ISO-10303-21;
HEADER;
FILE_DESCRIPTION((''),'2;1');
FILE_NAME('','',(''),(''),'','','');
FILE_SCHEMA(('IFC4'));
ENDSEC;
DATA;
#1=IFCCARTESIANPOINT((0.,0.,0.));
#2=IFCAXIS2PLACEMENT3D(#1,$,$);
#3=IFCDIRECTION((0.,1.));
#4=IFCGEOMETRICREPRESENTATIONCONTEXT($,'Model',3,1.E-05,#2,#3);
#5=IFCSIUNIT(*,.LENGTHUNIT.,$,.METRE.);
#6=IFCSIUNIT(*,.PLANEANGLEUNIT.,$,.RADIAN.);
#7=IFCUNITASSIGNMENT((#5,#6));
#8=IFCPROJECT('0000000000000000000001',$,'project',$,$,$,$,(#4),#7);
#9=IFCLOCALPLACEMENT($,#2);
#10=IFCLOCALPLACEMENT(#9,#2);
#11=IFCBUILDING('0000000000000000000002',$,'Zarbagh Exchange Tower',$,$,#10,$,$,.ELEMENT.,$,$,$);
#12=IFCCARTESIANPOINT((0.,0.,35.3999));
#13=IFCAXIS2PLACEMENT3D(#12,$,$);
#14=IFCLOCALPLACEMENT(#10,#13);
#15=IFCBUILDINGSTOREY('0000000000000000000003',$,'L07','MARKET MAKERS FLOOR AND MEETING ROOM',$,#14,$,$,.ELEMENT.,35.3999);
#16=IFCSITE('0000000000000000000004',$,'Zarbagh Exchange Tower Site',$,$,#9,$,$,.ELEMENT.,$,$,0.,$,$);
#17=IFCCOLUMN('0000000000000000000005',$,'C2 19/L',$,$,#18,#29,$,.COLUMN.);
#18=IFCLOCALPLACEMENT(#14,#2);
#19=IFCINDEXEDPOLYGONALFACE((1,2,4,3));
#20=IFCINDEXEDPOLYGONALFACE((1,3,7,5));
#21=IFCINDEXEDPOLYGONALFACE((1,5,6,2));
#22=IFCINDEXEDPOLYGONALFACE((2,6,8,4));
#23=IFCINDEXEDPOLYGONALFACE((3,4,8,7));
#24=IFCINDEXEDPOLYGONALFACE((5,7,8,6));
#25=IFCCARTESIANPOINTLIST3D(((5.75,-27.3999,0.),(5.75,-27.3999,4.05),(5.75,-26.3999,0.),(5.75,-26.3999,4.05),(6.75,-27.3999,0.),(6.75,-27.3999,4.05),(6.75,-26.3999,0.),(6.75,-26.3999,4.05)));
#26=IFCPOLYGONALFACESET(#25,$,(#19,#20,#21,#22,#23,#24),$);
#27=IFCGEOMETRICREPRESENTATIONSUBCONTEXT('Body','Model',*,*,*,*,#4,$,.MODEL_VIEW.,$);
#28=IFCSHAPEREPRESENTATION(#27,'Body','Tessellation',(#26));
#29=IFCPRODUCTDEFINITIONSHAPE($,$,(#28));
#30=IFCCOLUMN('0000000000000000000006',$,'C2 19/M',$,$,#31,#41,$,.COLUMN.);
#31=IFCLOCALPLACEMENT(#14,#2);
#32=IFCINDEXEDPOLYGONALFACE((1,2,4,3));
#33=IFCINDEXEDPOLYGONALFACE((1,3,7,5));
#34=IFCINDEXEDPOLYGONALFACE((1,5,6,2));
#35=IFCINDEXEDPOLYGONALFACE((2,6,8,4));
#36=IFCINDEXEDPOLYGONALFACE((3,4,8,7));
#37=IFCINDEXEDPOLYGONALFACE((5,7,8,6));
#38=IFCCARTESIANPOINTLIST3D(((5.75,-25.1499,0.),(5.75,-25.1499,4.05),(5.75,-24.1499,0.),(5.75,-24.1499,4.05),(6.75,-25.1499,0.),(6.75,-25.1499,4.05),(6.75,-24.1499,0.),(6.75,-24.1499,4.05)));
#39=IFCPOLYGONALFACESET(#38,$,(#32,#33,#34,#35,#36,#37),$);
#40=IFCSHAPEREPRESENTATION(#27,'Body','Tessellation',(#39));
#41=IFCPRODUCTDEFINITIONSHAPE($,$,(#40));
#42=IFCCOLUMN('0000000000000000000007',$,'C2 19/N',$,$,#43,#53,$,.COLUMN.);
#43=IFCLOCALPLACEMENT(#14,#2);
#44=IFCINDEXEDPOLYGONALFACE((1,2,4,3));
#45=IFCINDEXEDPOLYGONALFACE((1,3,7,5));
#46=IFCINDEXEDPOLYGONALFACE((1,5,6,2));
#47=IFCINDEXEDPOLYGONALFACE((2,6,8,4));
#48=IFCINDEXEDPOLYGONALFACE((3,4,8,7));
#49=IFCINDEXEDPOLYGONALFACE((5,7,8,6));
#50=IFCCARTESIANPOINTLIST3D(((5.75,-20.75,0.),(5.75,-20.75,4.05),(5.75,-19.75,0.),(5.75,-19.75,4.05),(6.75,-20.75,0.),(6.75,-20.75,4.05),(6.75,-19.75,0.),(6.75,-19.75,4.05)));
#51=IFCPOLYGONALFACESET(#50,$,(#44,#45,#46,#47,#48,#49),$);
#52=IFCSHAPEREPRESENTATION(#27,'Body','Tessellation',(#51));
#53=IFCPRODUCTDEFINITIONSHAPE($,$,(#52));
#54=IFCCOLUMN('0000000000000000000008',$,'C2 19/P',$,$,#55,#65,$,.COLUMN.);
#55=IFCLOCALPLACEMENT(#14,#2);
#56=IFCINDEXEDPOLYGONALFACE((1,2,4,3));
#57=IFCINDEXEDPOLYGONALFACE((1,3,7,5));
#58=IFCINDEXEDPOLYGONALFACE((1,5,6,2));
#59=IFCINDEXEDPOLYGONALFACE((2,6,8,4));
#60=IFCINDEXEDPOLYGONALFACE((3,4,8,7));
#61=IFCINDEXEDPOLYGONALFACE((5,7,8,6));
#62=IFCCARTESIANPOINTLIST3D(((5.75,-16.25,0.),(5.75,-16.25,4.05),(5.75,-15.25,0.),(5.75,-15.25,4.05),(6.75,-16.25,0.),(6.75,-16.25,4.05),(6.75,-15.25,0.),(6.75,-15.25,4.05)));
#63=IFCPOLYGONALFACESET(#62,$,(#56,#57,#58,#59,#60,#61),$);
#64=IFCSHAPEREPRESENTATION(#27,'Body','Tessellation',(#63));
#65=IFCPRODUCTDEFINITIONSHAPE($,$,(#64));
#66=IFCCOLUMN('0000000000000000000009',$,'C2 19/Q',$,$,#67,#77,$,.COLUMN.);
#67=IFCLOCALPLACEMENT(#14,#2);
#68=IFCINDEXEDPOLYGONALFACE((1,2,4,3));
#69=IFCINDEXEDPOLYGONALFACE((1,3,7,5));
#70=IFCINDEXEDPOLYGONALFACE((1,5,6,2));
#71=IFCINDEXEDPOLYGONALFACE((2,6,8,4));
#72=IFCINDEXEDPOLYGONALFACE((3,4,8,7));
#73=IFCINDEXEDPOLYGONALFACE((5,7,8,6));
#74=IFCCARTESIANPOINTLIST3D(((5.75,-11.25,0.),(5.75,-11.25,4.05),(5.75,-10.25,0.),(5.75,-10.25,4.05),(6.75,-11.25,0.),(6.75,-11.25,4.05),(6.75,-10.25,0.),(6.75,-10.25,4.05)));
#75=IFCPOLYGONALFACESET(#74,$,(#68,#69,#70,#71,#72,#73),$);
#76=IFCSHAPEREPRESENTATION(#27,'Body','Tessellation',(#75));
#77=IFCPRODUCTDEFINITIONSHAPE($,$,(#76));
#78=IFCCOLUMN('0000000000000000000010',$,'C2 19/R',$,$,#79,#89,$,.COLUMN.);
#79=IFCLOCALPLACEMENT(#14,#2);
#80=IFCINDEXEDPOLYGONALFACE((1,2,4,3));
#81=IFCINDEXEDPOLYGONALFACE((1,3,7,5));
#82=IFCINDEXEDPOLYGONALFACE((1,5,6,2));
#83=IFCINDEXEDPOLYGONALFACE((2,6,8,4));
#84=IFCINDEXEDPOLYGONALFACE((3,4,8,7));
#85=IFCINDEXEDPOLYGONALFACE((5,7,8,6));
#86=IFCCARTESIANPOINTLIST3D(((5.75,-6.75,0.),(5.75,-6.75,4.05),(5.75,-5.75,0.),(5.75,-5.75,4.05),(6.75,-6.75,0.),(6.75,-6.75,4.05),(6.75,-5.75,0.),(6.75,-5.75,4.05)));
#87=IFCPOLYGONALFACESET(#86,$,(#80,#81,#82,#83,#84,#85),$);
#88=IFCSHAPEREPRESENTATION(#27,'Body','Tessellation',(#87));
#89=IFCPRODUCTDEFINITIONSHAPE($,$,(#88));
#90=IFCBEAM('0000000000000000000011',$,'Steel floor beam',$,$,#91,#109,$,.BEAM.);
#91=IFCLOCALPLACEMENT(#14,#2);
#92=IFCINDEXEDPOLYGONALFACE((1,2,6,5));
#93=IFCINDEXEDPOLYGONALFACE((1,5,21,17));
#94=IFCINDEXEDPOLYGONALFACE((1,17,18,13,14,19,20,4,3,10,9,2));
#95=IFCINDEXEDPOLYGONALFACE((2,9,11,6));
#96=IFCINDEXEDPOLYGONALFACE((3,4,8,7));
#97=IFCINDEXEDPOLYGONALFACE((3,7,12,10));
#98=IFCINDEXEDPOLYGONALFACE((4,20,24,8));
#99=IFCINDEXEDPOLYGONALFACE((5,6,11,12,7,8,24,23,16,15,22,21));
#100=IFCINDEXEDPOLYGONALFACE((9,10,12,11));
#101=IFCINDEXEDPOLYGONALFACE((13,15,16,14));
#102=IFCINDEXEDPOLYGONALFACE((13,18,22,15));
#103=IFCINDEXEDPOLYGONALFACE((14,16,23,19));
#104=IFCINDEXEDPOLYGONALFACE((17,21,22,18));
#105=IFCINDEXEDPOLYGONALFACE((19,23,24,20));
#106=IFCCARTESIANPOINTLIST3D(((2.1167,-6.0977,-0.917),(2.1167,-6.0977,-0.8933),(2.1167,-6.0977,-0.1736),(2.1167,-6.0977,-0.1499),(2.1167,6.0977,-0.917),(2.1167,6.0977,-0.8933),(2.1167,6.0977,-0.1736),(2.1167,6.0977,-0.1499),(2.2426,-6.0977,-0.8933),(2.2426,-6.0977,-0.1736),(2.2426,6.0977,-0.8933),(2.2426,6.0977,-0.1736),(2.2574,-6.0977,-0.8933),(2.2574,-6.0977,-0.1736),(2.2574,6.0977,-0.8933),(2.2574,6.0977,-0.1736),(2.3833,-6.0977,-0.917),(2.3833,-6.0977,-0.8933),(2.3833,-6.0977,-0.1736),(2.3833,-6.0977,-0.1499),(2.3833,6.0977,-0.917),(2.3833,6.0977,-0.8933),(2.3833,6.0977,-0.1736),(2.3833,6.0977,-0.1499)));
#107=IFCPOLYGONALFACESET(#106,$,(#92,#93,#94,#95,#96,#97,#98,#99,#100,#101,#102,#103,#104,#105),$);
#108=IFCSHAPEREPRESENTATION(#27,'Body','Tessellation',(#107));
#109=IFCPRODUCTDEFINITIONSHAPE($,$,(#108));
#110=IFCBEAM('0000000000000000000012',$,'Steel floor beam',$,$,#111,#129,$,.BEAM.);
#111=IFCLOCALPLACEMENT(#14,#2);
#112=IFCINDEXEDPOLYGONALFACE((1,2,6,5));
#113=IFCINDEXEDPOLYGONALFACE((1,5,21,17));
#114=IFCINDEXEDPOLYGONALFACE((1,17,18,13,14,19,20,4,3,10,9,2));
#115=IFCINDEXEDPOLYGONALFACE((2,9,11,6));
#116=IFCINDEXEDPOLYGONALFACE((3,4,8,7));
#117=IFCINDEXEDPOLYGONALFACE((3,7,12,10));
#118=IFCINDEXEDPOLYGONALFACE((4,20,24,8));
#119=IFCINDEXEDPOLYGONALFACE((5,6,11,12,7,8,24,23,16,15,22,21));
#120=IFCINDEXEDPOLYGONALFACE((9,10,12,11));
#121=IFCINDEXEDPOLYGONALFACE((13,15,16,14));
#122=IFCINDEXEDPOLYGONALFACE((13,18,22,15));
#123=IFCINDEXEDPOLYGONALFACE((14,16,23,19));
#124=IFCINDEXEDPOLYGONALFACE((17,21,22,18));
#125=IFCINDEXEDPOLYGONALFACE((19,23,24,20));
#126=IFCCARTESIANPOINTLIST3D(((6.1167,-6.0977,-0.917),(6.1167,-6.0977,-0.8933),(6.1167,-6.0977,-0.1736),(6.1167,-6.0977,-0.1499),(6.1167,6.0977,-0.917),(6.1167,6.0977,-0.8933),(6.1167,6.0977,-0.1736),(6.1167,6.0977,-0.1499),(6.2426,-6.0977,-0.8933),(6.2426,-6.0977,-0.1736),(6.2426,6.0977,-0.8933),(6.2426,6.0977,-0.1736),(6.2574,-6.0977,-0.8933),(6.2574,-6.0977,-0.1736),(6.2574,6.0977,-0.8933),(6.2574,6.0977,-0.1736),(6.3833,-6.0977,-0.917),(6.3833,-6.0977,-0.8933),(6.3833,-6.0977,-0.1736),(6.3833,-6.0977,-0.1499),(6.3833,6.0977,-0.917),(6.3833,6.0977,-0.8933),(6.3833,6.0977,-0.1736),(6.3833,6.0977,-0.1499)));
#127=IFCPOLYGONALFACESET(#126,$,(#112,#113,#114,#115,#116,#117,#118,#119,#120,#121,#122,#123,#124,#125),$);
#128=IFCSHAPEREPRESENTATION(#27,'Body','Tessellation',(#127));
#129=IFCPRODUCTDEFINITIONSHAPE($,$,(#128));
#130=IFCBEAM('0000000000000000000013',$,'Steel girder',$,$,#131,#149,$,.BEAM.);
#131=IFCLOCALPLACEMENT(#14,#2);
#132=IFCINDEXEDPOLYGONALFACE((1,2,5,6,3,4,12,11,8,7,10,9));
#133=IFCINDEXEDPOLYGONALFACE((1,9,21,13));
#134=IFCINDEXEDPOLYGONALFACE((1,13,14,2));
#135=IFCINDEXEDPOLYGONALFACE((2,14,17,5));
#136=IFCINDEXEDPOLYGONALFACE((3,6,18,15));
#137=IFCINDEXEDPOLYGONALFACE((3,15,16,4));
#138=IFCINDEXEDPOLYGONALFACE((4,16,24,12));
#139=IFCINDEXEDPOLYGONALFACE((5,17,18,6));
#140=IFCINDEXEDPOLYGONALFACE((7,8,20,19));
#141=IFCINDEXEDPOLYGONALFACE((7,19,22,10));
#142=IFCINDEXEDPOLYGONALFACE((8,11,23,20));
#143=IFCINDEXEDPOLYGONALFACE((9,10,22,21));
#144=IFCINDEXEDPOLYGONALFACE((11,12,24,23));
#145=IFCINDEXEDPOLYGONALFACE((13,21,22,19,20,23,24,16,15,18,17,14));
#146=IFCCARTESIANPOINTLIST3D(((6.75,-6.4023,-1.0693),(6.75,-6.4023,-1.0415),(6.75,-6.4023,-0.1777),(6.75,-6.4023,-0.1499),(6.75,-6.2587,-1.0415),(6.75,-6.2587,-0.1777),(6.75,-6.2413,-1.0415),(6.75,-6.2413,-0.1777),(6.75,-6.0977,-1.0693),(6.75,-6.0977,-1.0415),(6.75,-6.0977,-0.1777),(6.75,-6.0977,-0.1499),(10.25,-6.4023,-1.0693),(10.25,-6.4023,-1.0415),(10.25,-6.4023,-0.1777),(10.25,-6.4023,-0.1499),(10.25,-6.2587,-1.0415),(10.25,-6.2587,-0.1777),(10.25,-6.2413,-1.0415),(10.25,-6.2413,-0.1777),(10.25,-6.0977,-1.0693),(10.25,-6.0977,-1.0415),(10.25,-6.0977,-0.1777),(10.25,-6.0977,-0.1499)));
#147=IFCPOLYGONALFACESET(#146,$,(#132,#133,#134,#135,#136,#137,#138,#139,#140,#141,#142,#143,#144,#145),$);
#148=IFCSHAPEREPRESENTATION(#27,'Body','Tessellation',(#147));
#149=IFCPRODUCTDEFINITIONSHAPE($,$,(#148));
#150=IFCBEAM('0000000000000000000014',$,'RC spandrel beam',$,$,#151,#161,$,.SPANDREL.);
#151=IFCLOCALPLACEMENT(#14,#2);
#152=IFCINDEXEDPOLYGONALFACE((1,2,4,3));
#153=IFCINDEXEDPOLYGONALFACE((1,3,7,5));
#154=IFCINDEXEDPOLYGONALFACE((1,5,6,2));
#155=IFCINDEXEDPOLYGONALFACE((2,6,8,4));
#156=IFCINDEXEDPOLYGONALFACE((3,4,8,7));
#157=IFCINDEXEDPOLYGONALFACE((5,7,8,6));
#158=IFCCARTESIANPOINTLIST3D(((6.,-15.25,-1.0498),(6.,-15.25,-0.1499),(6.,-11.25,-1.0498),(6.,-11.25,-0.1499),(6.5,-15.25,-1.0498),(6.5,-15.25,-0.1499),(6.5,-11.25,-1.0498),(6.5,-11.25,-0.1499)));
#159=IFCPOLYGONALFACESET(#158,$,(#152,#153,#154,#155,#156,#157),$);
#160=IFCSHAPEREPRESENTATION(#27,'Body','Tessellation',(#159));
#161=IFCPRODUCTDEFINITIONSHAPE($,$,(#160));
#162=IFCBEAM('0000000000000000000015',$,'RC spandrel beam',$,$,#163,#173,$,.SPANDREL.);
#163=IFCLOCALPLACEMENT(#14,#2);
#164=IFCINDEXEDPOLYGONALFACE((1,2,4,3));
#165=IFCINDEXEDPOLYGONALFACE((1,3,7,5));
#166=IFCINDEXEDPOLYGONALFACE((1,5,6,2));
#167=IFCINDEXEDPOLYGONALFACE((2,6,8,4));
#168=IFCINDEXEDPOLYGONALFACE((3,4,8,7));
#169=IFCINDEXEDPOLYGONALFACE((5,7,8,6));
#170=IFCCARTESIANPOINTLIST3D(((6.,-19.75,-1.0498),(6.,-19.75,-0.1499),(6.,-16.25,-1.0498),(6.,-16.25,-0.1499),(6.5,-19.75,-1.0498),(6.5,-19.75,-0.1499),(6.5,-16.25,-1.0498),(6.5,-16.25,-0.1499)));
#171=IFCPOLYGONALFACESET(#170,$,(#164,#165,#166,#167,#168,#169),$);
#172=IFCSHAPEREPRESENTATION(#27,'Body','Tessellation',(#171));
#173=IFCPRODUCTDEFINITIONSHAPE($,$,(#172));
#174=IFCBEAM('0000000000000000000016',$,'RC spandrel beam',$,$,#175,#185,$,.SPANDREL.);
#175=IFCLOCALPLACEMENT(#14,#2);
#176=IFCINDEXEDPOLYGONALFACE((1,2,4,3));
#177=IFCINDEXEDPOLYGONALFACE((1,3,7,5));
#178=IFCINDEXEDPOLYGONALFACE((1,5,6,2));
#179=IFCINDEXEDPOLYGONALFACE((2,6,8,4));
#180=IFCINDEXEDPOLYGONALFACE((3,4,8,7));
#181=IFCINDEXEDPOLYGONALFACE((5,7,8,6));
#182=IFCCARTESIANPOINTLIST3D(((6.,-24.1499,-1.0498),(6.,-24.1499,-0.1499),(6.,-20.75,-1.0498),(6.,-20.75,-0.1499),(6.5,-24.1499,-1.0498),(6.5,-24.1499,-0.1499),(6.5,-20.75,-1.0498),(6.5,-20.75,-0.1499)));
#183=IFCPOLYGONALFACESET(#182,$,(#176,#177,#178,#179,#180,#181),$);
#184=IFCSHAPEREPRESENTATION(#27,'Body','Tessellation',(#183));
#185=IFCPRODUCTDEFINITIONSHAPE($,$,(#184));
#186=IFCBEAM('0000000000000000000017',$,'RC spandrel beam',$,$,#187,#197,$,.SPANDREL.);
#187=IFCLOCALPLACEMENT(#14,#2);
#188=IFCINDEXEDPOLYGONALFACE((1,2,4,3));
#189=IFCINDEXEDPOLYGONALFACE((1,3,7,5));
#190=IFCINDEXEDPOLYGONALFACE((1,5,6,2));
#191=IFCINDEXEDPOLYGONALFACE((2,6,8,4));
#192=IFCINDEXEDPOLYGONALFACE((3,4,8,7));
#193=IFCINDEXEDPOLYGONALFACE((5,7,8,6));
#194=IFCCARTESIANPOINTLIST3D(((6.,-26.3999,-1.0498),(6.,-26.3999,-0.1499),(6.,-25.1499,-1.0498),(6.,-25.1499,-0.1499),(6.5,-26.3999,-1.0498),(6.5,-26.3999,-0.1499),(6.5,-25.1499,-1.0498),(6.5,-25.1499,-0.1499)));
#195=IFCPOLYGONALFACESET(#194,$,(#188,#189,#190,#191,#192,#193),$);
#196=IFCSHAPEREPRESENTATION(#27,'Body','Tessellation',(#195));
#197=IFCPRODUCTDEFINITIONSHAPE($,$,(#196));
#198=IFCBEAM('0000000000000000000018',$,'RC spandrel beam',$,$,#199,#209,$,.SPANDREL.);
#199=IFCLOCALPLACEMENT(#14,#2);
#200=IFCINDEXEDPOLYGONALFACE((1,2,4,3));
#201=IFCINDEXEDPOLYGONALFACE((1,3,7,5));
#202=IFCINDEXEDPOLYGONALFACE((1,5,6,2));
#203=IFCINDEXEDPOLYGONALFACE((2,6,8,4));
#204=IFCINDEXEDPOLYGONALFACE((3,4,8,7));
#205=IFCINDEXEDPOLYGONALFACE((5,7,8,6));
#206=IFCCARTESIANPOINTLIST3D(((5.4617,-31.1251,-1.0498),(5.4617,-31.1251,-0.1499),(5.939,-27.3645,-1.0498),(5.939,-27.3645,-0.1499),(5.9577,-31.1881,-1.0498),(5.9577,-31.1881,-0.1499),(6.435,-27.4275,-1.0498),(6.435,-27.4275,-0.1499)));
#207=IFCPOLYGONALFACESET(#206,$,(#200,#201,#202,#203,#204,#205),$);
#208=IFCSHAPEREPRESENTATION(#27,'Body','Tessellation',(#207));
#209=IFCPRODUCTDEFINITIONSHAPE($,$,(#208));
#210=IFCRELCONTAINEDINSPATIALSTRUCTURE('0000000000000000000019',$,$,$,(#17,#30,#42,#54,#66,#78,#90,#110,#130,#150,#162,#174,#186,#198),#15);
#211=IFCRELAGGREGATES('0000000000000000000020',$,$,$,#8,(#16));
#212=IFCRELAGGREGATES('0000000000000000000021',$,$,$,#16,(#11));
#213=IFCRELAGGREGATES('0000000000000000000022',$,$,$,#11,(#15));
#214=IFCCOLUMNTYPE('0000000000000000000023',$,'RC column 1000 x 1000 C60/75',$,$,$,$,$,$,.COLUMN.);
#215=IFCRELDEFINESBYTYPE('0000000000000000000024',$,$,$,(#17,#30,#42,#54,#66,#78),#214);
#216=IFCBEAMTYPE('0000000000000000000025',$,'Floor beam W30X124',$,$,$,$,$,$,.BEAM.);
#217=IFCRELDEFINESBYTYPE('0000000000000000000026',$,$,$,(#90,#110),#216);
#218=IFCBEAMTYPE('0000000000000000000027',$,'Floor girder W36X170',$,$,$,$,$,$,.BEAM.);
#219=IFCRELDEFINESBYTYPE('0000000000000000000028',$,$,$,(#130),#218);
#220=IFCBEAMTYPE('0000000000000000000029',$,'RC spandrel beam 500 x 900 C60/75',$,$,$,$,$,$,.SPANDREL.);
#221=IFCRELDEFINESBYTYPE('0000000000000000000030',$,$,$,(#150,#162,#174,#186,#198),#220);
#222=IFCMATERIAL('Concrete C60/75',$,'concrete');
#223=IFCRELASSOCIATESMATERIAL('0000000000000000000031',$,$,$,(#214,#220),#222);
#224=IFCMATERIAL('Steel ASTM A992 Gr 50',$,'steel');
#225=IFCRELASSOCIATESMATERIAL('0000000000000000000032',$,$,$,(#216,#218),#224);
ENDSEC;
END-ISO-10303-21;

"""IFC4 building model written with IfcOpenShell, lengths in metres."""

from ifc_helpers import new_model, si_unit, direction, frame, origin, origin_2d, place, context, subcontext, project, spatial, rectangle, i_section, extrude, material, material_profile, profile_set, type_object, element, save


model = new_model("IFC4")

# Units and contexts
model_context = context("Model", 3, precision=1e-05, world=origin(), true_north=direction((0.0, 1.0)))
body_context = subcontext(model_context, "Body", "Model", "MODEL_VIEW")
ifc_project = project(units=[si_unit("LENGTHUNIT", "METRE"), si_unit("PLANEANGLEUNIT", "RADIAN")], contexts=[model_context])

# Site, building, storey
site_placement = place(None, origin())
site = spatial("IfcSite", under=ifc_project, at=site_placement, Name="Zarbagh Exchange Tower Site", CompositionType="ELEMENT", RefElevation=0.0)
building_placement = place(site_placement, origin())
building = spatial("IfcBuilding", under=site, at=building_placement, Name="Zarbagh Exchange Tower", CompositionType="ELEMENT")
storey_placement = place(building_placement, frame((0.0, 0.0, 35.3999)))
storey = spatial("IfcBuildingStorey", under=building, at=storey_placement, Name="L07", Description="MARKET MAKERS FLOOR AND MEETING ROOM", CompositionType="ELEMENT", Elevation=35.3999)

# Columns
ifc_material_1 = material(Name="Concrete C60/75", Category="concrete")
ifc_material_profile_1 = material_profile(ifc_material_1, rectangle(XDim=1.0, YDim=1.0, at=origin_2d()), Name="RC column 1000 x 1000 C60/75")
ifc_profile_set_1 = profile_set([ifc_material_profile_1], Name="Concrete C60/75")
column_type = type_object("IfcColumnType", Name="RC column 1000 x 1000 C60/75", PredefinedType="COLUMN", material=ifc_profile_set_1)
for number, where, z_axis, x_axis, name in (
    (1, (6.25, -26.8999, 0.0), (0.0, 0.0, 1.0), (1.0, 0.0, 0.0), "C2 19/L"),
    (2, (6.25, -24.6499, 0.0), (0.0, 0.0, 1.0), (1.0, 0.0, 0.0), "C2 19/M"),
    (3, (6.25, -20.25, 0.0), (0.0, 0.0, 1.0), (1.0, 0.0, 0.0), "C2 19/N"),
    (4, (6.25, -15.75, 0.0), (0.0, 0.0, 1.0), (1.0, 0.0, 0.0), "C2 19/P"),
    (5, (6.25, -10.75, 0.0), (0.0, 0.0, 1.0), (1.0, 0.0, 0.0), "C2 19/Q"),
    (6, (6.25, -6.25, 0.0), (0.0, 0.0, 1.0), (1.0, 0.0, 0.0), "C2 19/R"),
):
    element("IfcColumn", number, at=place(storey_placement, frame(where, z_axis=z_axis, x_axis=x_axis)), inside=storey, type_object=column_type, Name=name, PredefinedType="COLUMN", context=body_context, shape_type="SweptSolid", body=[
        extrude(rectangle(XDim=1.0, YDim=1.0, at=origin_2d()), origin(), (0.0, 0.0, 1.0), 4.05),
    ])

# Beams
ifc_material_2 = material(Name="Steel ASTM A992 Gr 50", Category="steel")
ifc_material_profile_2 = material_profile(ifc_material_2, i_section(OverallWidth=0.2666, OverallDepth=0.7671, WebThickness=0.0149, FlangeThickness=0.0237, at=origin_2d()), Name="W30X124")
ifc_profile_set_2 = profile_set([ifc_material_profile_2], Name="Steel ASTM A992 Gr 50")
beam_type_1 = type_object("IfcBeamType", Name="Floor beam W30X124", PredefinedType="BEAM", material=ifc_profile_set_2)
for number, where, z_axis, x_axis, name in (
    (7, (2.25, -6.0977, -0.5334), (0.0, 1.0, 0.0), (-1.0, 0.0, 0.0), "Steel floor beam"),
    (8, (6.25, -6.0977, -0.5334), (0.0, 1.0, 0.0), (-1.0, 0.0, 0.0), "Steel floor beam"),
):
    element("IfcBeam", number, at=place(storey_placement, frame(where, z_axis=z_axis, x_axis=x_axis)), inside=storey, type_object=beam_type_1, Name=name, PredefinedType="BEAM", context=body_context, shape_type="SweptSolid", body=[
        extrude(i_section(OverallWidth=0.2666, OverallDepth=0.7671, WebThickness=0.0149, FlangeThickness=0.0237, at=origin_2d()), origin(), (0.0, 0.0, 1.0), 12.1953),
    ])
ifc_material_profile_3 = material_profile(ifc_material_2, i_section(OverallWidth=0.3047, OverallDepth=0.9194, WebThickness=0.0173, FlangeThickness=0.0278, at=origin_2d()), Name="W36X170")
ifc_profile_set_3 = profile_set([ifc_material_profile_3], Name="Steel ASTM A992 Gr 50")
beam_type_2 = type_object("IfcBeamType", Name="Floor girder W36X170", PredefinedType="BEAM", material=ifc_profile_set_3)
beam_1_placement = place(storey_placement, frame((6.75, -6.25, -0.6096), z_axis=(1.0, 0.0, 0.0), x_axis=(0.0, 1.0, 0.0)))
element("IfcBeam", 9, at=beam_1_placement, inside=storey, type_object=beam_type_2, Name="Steel girder", PredefinedType="BEAM", context=body_context, shape_type="SweptSolid", body=[
    extrude(i_section(OverallWidth=0.3047, OverallDepth=0.9194, WebThickness=0.0173, FlangeThickness=0.0278, at=origin_2d()), origin(), (0.0, 0.0, 1.0), 3.5),
])
ifc_material_profile_4 = material_profile(ifc_material_1, rectangle(XDim=0.5, YDim=0.8999, at=origin_2d()), Name="RC spandrel beam 500 x 900 C60/75")
ifc_profile_set_4 = profile_set([ifc_material_profile_4], Name="Concrete C60/75")
beam_type_3 = type_object("IfcBeamType", Name="RC spandrel beam 500 x 900 C60/75", PredefinedType="SPANDREL", material=ifc_profile_set_4)
beam_2_placement = place(storey_placement, frame((6.25, -11.25, -0.5999), z_axis=(0.0, -1.0, 0.0), x_axis=(1.0, 0.0, 0.0)))
element("IfcBeam", 10, at=beam_2_placement, inside=storey, type_object=beam_type_3, Name="RC spandrel beam", PredefinedType="SPANDREL", context=body_context, shape_type="SweptSolid", body=[
    extrude(rectangle(XDim=0.5, YDim=0.8999, at=origin_2d()), origin(), (0.0, 0.0, 1.0), 4.0),
])
beam_3_placement = place(storey_placement, frame((6.25, -16.25, -0.5999), z_axis=(0.0, -1.0, 0.0), x_axis=(1.0, 0.0, 0.0)))
element("IfcBeam", 11, at=beam_3_placement, inside=storey, type_object=beam_type_3, Name="RC spandrel beam", PredefinedType="SPANDREL", context=body_context, shape_type="SweptSolid", body=[
    extrude(rectangle(XDim=0.5, YDim=0.8999, at=origin_2d()), origin(), (0.0, 0.0, 1.0), 3.5),
])
beam_4_placement = place(storey_placement, frame((6.25, -20.75, -0.5999), z_axis=(0.0, -1.0, 0.0), x_axis=(1.0, 0.0, 0.0)))
element("IfcBeam", 12, at=beam_4_placement, inside=storey, type_object=beam_type_3, Name="RC spandrel beam", PredefinedType="SPANDREL", context=body_context, shape_type="SweptSolid", body=[
    extrude(rectangle(XDim=0.5, YDim=0.8999, at=origin_2d()), origin(), (0.0, 0.0, 1.0), 3.3999),
])
beam_5_placement = place(storey_placement, frame((6.25, -25.1499, -0.5999), z_axis=(0.0, -1.0, 0.0), x_axis=(1.0, 0.0, 0.0)))
element("IfcBeam", 13, at=beam_5_placement, inside=storey, type_object=beam_type_3, Name="RC spandrel beam", PredefinedType="SPANDREL", context=body_context, shape_type="SweptSolid", body=[
    extrude(rectangle(XDim=0.5, YDim=0.8999, at=origin_2d()), origin(), (0.0, 0.0, 1.0), 1.25),
])
beam_6_placement = place(storey_placement, frame((6.187, -27.396, -0.5999), z_axis=(-0.125913, -0.992041, 0.0), x_axis=(0.992041, -0.125913, 0.0)))
element("IfcBeam", 14, at=beam_6_placement, inside=storey, type_object=beam_type_3, Name="RC spandrel beam", PredefinedType="SPANDREL", context=body_context, shape_type="SweptSolid", body=[
    extrude(rectangle(XDim=0.5, YDim=0.8999, at=origin_2d()), origin(), (0.0, 0.0, 1.0), 3.7908),
])

save(model, "model.ifc")
